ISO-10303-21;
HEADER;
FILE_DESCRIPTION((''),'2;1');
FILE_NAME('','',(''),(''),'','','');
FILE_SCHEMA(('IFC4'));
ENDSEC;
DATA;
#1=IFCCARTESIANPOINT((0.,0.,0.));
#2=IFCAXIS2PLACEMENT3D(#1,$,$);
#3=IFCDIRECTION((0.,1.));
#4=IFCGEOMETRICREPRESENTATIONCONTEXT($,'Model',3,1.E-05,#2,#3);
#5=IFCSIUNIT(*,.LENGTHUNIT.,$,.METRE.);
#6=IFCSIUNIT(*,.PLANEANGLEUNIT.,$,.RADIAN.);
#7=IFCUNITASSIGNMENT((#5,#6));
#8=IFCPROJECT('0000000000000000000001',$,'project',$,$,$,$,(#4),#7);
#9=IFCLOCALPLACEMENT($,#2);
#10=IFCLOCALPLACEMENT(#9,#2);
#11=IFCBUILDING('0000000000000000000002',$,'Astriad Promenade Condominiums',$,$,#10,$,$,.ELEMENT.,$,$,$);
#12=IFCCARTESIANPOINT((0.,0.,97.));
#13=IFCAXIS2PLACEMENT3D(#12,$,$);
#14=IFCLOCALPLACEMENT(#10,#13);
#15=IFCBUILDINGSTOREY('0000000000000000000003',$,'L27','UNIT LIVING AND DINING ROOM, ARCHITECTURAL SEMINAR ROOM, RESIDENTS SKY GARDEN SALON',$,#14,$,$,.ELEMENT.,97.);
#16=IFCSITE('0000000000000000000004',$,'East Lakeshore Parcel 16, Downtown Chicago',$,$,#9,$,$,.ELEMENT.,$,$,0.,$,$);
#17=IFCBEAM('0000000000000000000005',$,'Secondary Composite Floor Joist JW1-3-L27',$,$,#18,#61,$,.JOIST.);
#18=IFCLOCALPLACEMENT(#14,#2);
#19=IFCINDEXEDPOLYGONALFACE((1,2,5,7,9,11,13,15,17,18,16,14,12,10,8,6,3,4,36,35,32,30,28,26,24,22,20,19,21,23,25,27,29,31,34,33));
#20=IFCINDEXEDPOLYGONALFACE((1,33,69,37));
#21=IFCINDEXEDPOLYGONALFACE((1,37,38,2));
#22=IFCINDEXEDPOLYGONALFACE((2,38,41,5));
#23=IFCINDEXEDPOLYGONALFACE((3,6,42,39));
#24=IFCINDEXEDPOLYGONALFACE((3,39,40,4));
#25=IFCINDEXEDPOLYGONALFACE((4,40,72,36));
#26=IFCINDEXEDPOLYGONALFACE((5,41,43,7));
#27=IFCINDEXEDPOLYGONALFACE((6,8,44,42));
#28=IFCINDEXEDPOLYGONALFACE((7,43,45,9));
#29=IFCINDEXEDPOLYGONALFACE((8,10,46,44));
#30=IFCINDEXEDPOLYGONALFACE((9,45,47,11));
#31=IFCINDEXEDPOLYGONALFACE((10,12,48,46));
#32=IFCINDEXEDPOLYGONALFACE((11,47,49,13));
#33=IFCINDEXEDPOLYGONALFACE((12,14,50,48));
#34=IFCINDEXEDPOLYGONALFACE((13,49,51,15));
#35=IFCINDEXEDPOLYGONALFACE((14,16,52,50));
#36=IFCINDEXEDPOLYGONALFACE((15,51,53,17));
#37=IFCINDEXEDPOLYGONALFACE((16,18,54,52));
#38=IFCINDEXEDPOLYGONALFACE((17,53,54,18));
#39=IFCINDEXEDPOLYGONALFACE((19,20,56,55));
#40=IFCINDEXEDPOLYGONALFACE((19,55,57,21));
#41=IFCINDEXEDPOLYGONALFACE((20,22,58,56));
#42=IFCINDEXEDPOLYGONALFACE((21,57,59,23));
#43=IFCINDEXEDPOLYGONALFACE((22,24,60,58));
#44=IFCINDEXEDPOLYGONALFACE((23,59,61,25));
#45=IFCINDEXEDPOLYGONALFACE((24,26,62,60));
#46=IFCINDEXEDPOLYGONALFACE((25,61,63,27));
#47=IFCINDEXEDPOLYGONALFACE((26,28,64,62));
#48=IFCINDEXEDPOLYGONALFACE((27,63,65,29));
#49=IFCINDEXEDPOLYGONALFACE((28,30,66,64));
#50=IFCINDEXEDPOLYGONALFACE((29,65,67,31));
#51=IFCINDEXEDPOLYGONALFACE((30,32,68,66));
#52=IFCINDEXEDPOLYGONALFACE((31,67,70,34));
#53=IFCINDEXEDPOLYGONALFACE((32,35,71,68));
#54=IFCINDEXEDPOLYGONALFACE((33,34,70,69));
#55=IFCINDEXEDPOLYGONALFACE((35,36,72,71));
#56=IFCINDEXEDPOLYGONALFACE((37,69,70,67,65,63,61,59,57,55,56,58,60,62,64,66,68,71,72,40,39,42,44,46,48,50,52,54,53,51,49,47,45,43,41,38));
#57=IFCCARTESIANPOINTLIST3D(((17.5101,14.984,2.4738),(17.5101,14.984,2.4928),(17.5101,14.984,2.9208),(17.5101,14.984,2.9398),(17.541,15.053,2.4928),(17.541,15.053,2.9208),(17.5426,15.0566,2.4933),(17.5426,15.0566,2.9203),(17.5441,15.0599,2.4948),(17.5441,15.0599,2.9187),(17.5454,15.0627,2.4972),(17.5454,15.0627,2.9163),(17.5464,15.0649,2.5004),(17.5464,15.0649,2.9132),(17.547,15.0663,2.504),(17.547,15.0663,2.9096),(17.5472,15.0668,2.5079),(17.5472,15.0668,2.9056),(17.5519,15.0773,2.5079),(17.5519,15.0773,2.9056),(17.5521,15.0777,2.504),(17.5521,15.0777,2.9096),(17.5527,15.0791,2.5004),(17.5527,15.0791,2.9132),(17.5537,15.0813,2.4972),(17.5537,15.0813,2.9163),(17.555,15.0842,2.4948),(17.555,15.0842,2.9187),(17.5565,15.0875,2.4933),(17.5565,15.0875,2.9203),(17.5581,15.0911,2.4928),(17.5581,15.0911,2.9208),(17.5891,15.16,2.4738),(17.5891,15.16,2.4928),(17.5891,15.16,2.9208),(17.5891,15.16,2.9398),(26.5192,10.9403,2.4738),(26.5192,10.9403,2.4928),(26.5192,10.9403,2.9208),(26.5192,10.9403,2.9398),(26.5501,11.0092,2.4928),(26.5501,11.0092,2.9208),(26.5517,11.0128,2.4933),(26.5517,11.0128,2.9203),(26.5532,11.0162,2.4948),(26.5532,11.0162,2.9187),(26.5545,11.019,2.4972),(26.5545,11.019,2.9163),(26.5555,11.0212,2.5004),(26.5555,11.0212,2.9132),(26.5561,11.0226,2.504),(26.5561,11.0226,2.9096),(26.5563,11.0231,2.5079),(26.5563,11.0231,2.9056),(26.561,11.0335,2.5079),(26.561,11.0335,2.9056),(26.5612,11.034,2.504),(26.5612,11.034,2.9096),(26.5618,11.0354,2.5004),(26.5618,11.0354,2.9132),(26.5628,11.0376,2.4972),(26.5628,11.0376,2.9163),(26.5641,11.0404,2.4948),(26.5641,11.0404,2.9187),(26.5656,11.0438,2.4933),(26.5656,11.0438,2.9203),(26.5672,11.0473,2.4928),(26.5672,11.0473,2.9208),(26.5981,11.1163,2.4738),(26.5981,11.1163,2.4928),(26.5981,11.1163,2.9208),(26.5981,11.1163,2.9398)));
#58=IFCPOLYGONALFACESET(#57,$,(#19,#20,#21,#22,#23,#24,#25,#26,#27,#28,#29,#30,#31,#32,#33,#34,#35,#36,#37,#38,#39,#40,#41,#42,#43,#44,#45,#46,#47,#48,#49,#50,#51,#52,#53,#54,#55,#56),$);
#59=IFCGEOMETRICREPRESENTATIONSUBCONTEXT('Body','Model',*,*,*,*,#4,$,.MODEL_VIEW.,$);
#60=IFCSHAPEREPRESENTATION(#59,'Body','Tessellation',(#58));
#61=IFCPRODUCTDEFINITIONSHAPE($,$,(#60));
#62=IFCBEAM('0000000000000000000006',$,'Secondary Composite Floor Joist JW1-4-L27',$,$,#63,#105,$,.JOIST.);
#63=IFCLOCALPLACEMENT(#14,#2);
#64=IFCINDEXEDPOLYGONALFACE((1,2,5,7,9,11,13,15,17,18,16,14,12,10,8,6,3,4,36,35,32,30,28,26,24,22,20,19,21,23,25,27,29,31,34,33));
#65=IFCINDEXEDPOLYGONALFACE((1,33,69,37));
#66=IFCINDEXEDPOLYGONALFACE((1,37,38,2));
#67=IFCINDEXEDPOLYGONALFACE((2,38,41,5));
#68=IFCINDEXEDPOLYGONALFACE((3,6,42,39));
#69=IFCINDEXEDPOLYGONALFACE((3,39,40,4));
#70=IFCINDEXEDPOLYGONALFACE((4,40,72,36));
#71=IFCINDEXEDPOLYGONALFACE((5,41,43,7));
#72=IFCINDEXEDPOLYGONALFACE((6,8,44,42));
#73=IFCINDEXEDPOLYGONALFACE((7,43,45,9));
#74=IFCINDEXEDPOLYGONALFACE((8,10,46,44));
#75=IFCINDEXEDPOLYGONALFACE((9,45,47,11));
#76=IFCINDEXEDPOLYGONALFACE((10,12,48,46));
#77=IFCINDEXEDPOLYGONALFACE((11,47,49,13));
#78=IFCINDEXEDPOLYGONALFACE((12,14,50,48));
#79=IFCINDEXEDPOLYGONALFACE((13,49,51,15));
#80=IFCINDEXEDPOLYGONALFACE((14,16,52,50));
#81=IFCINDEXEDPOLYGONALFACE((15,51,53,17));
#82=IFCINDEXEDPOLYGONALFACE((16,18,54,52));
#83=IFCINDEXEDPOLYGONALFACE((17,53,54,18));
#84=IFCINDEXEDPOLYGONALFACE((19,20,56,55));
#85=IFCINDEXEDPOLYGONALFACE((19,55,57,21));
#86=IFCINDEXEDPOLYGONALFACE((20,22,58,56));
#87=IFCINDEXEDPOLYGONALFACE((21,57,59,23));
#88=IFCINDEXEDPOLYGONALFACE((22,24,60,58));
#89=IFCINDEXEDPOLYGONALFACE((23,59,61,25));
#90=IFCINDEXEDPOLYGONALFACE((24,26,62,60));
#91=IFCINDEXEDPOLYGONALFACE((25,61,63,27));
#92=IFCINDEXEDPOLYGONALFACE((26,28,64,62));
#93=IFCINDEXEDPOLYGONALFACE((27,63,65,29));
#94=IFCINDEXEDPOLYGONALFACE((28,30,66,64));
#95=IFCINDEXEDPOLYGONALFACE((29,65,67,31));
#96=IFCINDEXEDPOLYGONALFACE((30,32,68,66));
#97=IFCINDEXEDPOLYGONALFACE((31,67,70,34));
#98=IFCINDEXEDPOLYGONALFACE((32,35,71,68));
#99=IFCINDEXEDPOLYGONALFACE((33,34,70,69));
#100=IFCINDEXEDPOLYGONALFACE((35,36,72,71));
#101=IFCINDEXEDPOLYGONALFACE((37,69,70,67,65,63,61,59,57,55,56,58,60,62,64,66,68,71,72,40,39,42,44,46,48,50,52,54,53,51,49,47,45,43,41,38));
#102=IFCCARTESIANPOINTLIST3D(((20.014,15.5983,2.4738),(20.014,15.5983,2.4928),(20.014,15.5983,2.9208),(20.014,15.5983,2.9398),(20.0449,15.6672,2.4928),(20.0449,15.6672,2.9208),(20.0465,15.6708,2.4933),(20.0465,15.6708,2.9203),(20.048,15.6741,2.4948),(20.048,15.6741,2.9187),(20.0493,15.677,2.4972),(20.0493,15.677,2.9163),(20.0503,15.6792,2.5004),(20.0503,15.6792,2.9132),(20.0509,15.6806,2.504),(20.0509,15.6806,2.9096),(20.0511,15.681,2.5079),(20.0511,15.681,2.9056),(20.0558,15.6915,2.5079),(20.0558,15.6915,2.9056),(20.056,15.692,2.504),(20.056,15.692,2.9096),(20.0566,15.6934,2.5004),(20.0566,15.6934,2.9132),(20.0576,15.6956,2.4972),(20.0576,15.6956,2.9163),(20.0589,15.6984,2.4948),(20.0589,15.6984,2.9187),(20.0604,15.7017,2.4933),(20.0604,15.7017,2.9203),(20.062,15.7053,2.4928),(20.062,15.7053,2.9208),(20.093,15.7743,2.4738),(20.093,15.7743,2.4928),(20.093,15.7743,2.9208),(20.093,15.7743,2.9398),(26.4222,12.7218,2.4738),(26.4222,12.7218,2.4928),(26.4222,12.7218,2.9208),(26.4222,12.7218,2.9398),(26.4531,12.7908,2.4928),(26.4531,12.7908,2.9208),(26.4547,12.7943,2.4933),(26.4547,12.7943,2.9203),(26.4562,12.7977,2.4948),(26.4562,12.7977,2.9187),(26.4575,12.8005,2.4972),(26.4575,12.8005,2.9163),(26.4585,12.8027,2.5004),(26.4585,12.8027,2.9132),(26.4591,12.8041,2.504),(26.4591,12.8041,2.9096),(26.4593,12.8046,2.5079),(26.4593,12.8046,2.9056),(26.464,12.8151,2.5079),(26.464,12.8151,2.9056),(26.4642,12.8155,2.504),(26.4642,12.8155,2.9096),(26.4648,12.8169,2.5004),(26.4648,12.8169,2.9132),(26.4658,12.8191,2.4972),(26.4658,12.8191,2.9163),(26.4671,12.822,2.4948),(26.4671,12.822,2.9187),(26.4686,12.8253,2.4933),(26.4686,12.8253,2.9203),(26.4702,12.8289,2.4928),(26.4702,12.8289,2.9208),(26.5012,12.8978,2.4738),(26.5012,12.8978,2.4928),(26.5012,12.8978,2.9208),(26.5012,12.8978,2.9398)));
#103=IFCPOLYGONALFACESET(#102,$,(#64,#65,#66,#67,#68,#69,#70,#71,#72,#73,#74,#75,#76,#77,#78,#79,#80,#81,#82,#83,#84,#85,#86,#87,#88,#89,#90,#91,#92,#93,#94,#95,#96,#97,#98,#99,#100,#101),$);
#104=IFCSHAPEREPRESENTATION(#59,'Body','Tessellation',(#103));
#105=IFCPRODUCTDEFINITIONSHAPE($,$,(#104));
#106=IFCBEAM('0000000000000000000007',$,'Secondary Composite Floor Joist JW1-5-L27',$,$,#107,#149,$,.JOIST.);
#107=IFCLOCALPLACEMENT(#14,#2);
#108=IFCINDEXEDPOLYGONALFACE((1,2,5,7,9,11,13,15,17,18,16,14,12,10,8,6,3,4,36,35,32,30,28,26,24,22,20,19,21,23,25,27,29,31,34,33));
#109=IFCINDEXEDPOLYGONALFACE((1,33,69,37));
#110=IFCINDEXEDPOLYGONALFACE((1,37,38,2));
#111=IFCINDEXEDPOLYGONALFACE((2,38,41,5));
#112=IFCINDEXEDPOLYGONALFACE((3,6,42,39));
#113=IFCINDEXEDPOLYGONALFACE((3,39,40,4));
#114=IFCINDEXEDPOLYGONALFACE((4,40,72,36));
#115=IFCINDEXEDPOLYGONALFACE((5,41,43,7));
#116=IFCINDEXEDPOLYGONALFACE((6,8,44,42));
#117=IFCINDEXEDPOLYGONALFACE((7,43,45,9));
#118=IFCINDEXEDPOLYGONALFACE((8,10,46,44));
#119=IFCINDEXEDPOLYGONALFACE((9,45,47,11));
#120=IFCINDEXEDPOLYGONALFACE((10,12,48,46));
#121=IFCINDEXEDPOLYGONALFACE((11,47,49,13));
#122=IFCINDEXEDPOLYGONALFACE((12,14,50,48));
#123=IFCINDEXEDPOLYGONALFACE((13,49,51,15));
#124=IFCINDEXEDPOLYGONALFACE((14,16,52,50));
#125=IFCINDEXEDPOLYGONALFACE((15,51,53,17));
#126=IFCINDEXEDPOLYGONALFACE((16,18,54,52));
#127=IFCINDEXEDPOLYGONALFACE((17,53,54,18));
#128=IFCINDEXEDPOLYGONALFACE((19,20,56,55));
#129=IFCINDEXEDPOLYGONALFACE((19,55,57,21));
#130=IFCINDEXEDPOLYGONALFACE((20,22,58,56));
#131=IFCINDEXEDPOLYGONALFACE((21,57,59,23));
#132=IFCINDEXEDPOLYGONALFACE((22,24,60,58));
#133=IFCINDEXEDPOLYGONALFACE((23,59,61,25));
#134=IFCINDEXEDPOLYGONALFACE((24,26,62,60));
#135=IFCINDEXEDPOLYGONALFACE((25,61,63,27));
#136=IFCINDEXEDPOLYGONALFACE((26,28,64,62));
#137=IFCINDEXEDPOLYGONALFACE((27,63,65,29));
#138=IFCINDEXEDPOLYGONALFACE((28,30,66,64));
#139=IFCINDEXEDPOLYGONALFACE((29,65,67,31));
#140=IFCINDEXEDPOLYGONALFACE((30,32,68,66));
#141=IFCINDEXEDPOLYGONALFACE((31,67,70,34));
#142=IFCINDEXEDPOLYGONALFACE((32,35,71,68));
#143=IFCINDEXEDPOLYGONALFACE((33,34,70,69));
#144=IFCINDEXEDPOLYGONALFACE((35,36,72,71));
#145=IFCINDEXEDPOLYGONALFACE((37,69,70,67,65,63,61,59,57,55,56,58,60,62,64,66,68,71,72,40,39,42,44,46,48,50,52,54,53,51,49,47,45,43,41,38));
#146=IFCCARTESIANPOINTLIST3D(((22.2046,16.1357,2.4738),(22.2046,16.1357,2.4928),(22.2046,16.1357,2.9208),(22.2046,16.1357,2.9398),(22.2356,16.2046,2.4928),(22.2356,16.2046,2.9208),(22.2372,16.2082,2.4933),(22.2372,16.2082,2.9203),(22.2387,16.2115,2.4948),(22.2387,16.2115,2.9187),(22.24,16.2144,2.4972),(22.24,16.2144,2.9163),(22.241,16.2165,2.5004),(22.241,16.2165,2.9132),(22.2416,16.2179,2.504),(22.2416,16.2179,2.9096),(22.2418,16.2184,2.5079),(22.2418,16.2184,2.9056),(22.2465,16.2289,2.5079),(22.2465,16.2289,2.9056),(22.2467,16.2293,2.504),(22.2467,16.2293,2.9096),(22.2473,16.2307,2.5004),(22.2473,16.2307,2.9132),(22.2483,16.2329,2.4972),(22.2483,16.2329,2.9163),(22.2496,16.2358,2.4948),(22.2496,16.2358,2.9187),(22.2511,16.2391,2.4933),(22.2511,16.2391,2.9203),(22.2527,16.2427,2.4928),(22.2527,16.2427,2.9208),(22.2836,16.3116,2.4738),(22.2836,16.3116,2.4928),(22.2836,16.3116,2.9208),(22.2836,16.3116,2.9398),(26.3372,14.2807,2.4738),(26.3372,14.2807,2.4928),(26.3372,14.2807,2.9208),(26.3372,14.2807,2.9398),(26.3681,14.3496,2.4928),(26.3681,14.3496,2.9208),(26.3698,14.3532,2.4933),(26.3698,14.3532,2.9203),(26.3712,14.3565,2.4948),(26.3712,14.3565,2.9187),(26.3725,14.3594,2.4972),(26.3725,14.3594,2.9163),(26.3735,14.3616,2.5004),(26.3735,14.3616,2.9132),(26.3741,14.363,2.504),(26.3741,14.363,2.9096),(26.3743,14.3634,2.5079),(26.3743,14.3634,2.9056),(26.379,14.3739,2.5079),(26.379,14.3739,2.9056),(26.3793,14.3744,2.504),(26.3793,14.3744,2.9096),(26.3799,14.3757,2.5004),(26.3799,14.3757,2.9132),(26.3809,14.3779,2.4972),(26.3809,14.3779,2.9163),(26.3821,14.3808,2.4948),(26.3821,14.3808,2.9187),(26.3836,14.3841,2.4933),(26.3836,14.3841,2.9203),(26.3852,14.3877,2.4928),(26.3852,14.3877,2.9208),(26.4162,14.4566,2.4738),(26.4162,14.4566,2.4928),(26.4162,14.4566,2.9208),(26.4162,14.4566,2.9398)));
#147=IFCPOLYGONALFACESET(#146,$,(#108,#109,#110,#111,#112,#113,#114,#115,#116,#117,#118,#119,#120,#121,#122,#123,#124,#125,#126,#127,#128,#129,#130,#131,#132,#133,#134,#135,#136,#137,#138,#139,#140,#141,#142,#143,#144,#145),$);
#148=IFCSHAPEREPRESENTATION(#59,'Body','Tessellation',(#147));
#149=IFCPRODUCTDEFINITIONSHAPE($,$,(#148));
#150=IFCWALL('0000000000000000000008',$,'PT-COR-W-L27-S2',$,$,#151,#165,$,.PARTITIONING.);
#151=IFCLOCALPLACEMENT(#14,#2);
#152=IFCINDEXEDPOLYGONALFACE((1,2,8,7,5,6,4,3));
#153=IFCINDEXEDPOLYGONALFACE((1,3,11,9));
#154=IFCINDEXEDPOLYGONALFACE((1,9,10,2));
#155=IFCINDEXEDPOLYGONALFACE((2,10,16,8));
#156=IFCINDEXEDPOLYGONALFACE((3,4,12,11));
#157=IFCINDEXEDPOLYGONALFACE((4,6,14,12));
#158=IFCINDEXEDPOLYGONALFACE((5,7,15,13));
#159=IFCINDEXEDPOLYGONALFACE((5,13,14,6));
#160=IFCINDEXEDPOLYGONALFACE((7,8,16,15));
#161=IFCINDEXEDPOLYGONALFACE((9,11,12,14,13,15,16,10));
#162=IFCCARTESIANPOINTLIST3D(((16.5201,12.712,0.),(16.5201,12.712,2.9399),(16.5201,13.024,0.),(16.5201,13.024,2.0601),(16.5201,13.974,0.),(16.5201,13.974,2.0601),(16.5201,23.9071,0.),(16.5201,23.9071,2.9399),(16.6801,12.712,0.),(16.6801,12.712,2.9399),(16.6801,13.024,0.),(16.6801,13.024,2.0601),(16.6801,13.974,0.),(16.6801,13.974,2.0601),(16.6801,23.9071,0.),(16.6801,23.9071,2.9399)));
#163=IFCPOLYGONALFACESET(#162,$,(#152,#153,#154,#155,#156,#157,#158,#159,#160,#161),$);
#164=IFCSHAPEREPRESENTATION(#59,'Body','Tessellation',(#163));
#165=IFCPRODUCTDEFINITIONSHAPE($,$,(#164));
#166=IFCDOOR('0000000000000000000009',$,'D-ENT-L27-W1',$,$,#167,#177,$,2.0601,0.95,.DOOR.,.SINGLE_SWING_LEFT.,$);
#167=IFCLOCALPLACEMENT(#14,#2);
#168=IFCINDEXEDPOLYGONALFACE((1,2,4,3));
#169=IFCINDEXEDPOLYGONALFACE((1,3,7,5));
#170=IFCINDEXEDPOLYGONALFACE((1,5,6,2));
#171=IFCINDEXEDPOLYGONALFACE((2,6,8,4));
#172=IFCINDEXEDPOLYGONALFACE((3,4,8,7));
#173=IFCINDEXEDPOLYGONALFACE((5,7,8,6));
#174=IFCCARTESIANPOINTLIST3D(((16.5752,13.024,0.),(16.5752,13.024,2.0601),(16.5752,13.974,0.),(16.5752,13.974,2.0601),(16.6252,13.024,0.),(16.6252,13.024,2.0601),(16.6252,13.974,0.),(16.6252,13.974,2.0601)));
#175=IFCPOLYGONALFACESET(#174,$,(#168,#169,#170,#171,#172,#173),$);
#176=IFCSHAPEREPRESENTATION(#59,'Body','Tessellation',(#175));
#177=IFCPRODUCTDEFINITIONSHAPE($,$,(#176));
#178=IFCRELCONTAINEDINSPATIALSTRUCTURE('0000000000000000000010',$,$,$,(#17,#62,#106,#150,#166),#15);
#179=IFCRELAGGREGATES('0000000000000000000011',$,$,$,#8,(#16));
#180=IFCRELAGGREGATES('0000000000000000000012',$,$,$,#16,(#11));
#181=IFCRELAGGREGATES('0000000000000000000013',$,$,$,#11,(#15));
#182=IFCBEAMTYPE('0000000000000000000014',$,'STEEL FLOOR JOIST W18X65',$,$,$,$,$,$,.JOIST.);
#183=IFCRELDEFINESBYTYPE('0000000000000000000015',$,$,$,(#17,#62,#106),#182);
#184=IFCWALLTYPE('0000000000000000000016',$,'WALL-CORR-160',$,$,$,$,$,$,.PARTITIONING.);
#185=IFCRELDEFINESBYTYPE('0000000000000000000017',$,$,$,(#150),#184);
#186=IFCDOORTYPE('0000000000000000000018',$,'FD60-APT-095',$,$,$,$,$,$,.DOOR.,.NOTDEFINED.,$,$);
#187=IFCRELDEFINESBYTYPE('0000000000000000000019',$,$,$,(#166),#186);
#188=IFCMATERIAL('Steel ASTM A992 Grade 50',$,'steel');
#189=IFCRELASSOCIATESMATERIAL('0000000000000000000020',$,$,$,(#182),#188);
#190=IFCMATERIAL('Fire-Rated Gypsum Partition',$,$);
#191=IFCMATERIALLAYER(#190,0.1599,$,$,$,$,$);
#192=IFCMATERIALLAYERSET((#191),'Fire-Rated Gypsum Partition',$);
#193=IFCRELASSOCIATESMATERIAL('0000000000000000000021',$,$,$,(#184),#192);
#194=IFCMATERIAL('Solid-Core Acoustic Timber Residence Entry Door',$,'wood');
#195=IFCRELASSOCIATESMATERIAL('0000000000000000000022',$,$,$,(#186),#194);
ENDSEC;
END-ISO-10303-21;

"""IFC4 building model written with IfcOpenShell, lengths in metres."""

from ifc_helpers import new_model, si_unit, direction, frame, frame_2d, origin, origin_2d, place, context, subcontext, project, spatial, rectangle, i_section, extrude, source, transform, mapped, material, layer, layer_set, material_profile, profile_set, type_object, type_shapes, element, fill, save


model = new_model("IFC4")

# Units and contexts
model_context = context("Model", 3, precision=1e-05, world=origin(), true_north=direction((0.0, 1.0)))
body_context = subcontext(model_context, "Body", "Model", "MODEL_VIEW")
ifc_project = project(units=[si_unit("LENGTHUNIT", "METRE"), si_unit("PLANEANGLEUNIT", "RADIAN")], contexts=[model_context])

# Site, building, storey
site_placement = place(None, origin())
site = spatial("IfcSite", under=ifc_project, at=site_placement, Name="East Lakeshore Parcel 16, Downtown Chicago", CompositionType="ELEMENT", RefElevation=0.0)
building_placement = place(site_placement, origin())
building = spatial("IfcBuilding", under=site, at=building_placement, Name="Astriad Promenade Condominiums", CompositionType="ELEMENT")
storey_placement = place(building_placement, frame((0.0, 0.0, 97.0)))
storey = spatial("IfcBuildingStorey", under=building, at=storey_placement, Name="L27", Description="UNIT LIVING AND DINING ROOM, ARCHITECTURAL SEMINAR ROOM, RESIDENTS SKY GARDEN SALON", CompositionType="ELEMENT", Elevation=97.0)

# Beams
ifc_material_1 = material(Name="Steel ASTM A992 Grade 50", Category="steel")
ifc_material_profile_1 = material_profile(ifc_material_1, i_section(OverallWidth=0.1929, OverallDepth=0.4661, WebThickness=0.0115, FlangeThickness=0.019, FilletRadius=0.0151, at=origin_2d()), Name="W18X65")
ifc_profile_set_1 = profile_set([ifc_material_profile_1], Name="Steel ASTM A992 Grade 50")
beam_type_1 = type_object("IfcBeamType", Name="STEEL FLOOR JOIST W18X65", PredefinedType="JOIST", material=ifc_profile_set_1)
shared_shape_1 = source(origin(), body_context, "Body", "SweptSolid", [
    extrude(i_section(OverallWidth=0.1929, OverallDepth=0.4661, WebThickness=0.0115, FlangeThickness=0.019, FilletRadius=0.0151, at=origin_2d()), origin(), (0.0, 0.0, 1.0), 9.875),
])
beam_1_placement = place(storey_placement, frame((17.5496, 15.072, 2.7068), z_axis=(0.912314, -0.409492, 0.0), x_axis=(0.409492, 0.912314, 0.0)))
element("IfcBeam", 1, at=beam_1_placement, inside=storey, type_object=beam_type_1, Name="Secondary Composite Floor Joist JW1-3-L27", PredefinedType="JOIST", context=body_context, shape_type="MappedRepresentation", body=[
    mapped(shared_shape_1, transform((0.0, 0.0, 0.0), scale=1.0)),
])
shared_shape_2 = source(origin(), body_context, "Body", "SweptSolid", [
    extrude(i_section(OverallWidth=0.1929, OverallDepth=0.4661, WebThickness=0.0115, FlangeThickness=0.019, FilletRadius=0.0151, at=origin_2d()), origin(), (0.0, 0.0, 1.0), 7.0242),
])
beam_2_placement = place(storey_placement, frame((20.0535, 15.6863, 2.7068), z_axis=(0.912306, -0.409509, 0.0), x_axis=(0.409509, 0.912306, 0.0)))
element("IfcBeam", 2, at=beam_2_placement, inside=storey, type_object=beam_type_1, Name="Secondary Composite Floor Joist JW1-4-L27", PredefinedType="JOIST", context=body_context, shape_type="MappedRepresentation", body=[
    mapped(shared_shape_2, transform((0.0, 0.0, 0.0), scale=1.0)),
])
shared_shape_3 = source(origin(), body_context, "Body", "SweptSolid", [
    extrude(i_section(OverallWidth=0.1929, OverallDepth=0.4661, WebThickness=0.0115, FlangeThickness=0.019, FilletRadius=0.0151, at=origin_2d()), origin(), (0.0, 0.0, 1.0), 4.5298),
])
beam_3_placement = place(storey_placement, frame((22.2441, 16.2236, 2.7068), z_axis=(0.912307, -0.409506, 0.0), x_axis=(0.409506, 0.912307, 0.0)))
element("IfcBeam", 3, at=beam_3_placement, inside=storey, type_object=beam_type_1, Name="Secondary Composite Floor Joist JW1-5-L27", PredefinedType="JOIST", context=body_context, shape_type="MappedRepresentation", body=[
    mapped(shared_shape_3, transform((0.0, 0.0, 0.0), scale=1.0)),
])

# Wall, opening, door
ifc_material_2 = material(Name="Fire-Rated Gypsum Partition")
ifc_layer_1 = layer(ifc_material_2, 0.1599)
ifc_layer_set_1 = layer_set([ifc_layer_1], Name="Fire-Rated Gypsum Partition")
wall_type_1 = type_object("IfcWallType", Name="WALL-CORR-160", PredefinedType="PARTITIONING", material=ifc_layer_set_1)
wall_1_placement = place(storey_placement, frame((16.6001, 12.7119, 0.0), z_axis=(0.0, 0.0, 1.0), x_axis=(0.0, 1.0, 0.0)))
wall_1 = element("IfcWall", 4, at=wall_1_placement, inside=storey, type_object=wall_type_1, Name="PT-COR-W-L27-S2", PredefinedType="PARTITIONING", context=body_context, shape_type="SweptSolid", body=[
    extrude(rectangle(XDim=11.1951, YDim=0.1599, at=frame_2d((5.5977, 0.0))), origin(), (0.0, 0.0, 1.0), 2.9399),
])
opening_1_placement = place(wall_1_placement, frame((0.312, 0.0, 0.0)))
opening_1 = element("IfcOpeningElement", 5, at=opening_1_placement, cuts=wall_1, PredefinedType="OPENING", context=body_context, shape_type="SweptSolid", body=[
    extrude(rectangle(XDim=0.95, YDim=2.0601, at=frame_2d((0.4751, 1.03))), frame((0.0, 0.0898, 0.0), z_axis=(0.0, -1.0, 0.0), x_axis=(1.0, 0.0, 0.0)), (0.0, 0.0, 1.0), 0.1799),
])
ifc_material_3 = material(Name="Solid-Core Acoustic Timber Residence Entry Door", Category="wood")
door_type_1 = type_object("IfcDoorType", Name="FD60-APT-095", OperationType="NOTDEFINED", PredefinedType="DOOR", material=ifc_material_3)
shared_shape_4 = source(origin(), body_context, "Body", "SweptSolid", [
    extrude(rectangle(XDim=0.95, YDim=2.0601, at=frame_2d((0.4751, 1.03))), frame((0.0, 0.0249, 0.0), z_axis=(0.0, -1.0, 0.0), x_axis=(1.0, 0.0, 0.0)), (0.0, 0.0, 1.0), 0.05),
])
type_shapes(door_type_1, [shared_shape_4])
door_1_placement = place(opening_1_placement, origin())
door_1 = element("IfcDoor", 6, at=door_1_placement, inside=storey, type_object=door_type_1, Name="D-ENT-L27-W1", OperationType="SINGLE_SWING_LEFT", OverallHeight=2.0601, OverallWidth=0.95, PredefinedType="DOOR", context=body_context, shape_type="MappedRepresentation", body=[
    mapped(shared_shape_4, transform((0.0, 0.0, 0.0), scale=1.0)),
])
fill(opening_1, door_1)

save(model, "model.ifc")
